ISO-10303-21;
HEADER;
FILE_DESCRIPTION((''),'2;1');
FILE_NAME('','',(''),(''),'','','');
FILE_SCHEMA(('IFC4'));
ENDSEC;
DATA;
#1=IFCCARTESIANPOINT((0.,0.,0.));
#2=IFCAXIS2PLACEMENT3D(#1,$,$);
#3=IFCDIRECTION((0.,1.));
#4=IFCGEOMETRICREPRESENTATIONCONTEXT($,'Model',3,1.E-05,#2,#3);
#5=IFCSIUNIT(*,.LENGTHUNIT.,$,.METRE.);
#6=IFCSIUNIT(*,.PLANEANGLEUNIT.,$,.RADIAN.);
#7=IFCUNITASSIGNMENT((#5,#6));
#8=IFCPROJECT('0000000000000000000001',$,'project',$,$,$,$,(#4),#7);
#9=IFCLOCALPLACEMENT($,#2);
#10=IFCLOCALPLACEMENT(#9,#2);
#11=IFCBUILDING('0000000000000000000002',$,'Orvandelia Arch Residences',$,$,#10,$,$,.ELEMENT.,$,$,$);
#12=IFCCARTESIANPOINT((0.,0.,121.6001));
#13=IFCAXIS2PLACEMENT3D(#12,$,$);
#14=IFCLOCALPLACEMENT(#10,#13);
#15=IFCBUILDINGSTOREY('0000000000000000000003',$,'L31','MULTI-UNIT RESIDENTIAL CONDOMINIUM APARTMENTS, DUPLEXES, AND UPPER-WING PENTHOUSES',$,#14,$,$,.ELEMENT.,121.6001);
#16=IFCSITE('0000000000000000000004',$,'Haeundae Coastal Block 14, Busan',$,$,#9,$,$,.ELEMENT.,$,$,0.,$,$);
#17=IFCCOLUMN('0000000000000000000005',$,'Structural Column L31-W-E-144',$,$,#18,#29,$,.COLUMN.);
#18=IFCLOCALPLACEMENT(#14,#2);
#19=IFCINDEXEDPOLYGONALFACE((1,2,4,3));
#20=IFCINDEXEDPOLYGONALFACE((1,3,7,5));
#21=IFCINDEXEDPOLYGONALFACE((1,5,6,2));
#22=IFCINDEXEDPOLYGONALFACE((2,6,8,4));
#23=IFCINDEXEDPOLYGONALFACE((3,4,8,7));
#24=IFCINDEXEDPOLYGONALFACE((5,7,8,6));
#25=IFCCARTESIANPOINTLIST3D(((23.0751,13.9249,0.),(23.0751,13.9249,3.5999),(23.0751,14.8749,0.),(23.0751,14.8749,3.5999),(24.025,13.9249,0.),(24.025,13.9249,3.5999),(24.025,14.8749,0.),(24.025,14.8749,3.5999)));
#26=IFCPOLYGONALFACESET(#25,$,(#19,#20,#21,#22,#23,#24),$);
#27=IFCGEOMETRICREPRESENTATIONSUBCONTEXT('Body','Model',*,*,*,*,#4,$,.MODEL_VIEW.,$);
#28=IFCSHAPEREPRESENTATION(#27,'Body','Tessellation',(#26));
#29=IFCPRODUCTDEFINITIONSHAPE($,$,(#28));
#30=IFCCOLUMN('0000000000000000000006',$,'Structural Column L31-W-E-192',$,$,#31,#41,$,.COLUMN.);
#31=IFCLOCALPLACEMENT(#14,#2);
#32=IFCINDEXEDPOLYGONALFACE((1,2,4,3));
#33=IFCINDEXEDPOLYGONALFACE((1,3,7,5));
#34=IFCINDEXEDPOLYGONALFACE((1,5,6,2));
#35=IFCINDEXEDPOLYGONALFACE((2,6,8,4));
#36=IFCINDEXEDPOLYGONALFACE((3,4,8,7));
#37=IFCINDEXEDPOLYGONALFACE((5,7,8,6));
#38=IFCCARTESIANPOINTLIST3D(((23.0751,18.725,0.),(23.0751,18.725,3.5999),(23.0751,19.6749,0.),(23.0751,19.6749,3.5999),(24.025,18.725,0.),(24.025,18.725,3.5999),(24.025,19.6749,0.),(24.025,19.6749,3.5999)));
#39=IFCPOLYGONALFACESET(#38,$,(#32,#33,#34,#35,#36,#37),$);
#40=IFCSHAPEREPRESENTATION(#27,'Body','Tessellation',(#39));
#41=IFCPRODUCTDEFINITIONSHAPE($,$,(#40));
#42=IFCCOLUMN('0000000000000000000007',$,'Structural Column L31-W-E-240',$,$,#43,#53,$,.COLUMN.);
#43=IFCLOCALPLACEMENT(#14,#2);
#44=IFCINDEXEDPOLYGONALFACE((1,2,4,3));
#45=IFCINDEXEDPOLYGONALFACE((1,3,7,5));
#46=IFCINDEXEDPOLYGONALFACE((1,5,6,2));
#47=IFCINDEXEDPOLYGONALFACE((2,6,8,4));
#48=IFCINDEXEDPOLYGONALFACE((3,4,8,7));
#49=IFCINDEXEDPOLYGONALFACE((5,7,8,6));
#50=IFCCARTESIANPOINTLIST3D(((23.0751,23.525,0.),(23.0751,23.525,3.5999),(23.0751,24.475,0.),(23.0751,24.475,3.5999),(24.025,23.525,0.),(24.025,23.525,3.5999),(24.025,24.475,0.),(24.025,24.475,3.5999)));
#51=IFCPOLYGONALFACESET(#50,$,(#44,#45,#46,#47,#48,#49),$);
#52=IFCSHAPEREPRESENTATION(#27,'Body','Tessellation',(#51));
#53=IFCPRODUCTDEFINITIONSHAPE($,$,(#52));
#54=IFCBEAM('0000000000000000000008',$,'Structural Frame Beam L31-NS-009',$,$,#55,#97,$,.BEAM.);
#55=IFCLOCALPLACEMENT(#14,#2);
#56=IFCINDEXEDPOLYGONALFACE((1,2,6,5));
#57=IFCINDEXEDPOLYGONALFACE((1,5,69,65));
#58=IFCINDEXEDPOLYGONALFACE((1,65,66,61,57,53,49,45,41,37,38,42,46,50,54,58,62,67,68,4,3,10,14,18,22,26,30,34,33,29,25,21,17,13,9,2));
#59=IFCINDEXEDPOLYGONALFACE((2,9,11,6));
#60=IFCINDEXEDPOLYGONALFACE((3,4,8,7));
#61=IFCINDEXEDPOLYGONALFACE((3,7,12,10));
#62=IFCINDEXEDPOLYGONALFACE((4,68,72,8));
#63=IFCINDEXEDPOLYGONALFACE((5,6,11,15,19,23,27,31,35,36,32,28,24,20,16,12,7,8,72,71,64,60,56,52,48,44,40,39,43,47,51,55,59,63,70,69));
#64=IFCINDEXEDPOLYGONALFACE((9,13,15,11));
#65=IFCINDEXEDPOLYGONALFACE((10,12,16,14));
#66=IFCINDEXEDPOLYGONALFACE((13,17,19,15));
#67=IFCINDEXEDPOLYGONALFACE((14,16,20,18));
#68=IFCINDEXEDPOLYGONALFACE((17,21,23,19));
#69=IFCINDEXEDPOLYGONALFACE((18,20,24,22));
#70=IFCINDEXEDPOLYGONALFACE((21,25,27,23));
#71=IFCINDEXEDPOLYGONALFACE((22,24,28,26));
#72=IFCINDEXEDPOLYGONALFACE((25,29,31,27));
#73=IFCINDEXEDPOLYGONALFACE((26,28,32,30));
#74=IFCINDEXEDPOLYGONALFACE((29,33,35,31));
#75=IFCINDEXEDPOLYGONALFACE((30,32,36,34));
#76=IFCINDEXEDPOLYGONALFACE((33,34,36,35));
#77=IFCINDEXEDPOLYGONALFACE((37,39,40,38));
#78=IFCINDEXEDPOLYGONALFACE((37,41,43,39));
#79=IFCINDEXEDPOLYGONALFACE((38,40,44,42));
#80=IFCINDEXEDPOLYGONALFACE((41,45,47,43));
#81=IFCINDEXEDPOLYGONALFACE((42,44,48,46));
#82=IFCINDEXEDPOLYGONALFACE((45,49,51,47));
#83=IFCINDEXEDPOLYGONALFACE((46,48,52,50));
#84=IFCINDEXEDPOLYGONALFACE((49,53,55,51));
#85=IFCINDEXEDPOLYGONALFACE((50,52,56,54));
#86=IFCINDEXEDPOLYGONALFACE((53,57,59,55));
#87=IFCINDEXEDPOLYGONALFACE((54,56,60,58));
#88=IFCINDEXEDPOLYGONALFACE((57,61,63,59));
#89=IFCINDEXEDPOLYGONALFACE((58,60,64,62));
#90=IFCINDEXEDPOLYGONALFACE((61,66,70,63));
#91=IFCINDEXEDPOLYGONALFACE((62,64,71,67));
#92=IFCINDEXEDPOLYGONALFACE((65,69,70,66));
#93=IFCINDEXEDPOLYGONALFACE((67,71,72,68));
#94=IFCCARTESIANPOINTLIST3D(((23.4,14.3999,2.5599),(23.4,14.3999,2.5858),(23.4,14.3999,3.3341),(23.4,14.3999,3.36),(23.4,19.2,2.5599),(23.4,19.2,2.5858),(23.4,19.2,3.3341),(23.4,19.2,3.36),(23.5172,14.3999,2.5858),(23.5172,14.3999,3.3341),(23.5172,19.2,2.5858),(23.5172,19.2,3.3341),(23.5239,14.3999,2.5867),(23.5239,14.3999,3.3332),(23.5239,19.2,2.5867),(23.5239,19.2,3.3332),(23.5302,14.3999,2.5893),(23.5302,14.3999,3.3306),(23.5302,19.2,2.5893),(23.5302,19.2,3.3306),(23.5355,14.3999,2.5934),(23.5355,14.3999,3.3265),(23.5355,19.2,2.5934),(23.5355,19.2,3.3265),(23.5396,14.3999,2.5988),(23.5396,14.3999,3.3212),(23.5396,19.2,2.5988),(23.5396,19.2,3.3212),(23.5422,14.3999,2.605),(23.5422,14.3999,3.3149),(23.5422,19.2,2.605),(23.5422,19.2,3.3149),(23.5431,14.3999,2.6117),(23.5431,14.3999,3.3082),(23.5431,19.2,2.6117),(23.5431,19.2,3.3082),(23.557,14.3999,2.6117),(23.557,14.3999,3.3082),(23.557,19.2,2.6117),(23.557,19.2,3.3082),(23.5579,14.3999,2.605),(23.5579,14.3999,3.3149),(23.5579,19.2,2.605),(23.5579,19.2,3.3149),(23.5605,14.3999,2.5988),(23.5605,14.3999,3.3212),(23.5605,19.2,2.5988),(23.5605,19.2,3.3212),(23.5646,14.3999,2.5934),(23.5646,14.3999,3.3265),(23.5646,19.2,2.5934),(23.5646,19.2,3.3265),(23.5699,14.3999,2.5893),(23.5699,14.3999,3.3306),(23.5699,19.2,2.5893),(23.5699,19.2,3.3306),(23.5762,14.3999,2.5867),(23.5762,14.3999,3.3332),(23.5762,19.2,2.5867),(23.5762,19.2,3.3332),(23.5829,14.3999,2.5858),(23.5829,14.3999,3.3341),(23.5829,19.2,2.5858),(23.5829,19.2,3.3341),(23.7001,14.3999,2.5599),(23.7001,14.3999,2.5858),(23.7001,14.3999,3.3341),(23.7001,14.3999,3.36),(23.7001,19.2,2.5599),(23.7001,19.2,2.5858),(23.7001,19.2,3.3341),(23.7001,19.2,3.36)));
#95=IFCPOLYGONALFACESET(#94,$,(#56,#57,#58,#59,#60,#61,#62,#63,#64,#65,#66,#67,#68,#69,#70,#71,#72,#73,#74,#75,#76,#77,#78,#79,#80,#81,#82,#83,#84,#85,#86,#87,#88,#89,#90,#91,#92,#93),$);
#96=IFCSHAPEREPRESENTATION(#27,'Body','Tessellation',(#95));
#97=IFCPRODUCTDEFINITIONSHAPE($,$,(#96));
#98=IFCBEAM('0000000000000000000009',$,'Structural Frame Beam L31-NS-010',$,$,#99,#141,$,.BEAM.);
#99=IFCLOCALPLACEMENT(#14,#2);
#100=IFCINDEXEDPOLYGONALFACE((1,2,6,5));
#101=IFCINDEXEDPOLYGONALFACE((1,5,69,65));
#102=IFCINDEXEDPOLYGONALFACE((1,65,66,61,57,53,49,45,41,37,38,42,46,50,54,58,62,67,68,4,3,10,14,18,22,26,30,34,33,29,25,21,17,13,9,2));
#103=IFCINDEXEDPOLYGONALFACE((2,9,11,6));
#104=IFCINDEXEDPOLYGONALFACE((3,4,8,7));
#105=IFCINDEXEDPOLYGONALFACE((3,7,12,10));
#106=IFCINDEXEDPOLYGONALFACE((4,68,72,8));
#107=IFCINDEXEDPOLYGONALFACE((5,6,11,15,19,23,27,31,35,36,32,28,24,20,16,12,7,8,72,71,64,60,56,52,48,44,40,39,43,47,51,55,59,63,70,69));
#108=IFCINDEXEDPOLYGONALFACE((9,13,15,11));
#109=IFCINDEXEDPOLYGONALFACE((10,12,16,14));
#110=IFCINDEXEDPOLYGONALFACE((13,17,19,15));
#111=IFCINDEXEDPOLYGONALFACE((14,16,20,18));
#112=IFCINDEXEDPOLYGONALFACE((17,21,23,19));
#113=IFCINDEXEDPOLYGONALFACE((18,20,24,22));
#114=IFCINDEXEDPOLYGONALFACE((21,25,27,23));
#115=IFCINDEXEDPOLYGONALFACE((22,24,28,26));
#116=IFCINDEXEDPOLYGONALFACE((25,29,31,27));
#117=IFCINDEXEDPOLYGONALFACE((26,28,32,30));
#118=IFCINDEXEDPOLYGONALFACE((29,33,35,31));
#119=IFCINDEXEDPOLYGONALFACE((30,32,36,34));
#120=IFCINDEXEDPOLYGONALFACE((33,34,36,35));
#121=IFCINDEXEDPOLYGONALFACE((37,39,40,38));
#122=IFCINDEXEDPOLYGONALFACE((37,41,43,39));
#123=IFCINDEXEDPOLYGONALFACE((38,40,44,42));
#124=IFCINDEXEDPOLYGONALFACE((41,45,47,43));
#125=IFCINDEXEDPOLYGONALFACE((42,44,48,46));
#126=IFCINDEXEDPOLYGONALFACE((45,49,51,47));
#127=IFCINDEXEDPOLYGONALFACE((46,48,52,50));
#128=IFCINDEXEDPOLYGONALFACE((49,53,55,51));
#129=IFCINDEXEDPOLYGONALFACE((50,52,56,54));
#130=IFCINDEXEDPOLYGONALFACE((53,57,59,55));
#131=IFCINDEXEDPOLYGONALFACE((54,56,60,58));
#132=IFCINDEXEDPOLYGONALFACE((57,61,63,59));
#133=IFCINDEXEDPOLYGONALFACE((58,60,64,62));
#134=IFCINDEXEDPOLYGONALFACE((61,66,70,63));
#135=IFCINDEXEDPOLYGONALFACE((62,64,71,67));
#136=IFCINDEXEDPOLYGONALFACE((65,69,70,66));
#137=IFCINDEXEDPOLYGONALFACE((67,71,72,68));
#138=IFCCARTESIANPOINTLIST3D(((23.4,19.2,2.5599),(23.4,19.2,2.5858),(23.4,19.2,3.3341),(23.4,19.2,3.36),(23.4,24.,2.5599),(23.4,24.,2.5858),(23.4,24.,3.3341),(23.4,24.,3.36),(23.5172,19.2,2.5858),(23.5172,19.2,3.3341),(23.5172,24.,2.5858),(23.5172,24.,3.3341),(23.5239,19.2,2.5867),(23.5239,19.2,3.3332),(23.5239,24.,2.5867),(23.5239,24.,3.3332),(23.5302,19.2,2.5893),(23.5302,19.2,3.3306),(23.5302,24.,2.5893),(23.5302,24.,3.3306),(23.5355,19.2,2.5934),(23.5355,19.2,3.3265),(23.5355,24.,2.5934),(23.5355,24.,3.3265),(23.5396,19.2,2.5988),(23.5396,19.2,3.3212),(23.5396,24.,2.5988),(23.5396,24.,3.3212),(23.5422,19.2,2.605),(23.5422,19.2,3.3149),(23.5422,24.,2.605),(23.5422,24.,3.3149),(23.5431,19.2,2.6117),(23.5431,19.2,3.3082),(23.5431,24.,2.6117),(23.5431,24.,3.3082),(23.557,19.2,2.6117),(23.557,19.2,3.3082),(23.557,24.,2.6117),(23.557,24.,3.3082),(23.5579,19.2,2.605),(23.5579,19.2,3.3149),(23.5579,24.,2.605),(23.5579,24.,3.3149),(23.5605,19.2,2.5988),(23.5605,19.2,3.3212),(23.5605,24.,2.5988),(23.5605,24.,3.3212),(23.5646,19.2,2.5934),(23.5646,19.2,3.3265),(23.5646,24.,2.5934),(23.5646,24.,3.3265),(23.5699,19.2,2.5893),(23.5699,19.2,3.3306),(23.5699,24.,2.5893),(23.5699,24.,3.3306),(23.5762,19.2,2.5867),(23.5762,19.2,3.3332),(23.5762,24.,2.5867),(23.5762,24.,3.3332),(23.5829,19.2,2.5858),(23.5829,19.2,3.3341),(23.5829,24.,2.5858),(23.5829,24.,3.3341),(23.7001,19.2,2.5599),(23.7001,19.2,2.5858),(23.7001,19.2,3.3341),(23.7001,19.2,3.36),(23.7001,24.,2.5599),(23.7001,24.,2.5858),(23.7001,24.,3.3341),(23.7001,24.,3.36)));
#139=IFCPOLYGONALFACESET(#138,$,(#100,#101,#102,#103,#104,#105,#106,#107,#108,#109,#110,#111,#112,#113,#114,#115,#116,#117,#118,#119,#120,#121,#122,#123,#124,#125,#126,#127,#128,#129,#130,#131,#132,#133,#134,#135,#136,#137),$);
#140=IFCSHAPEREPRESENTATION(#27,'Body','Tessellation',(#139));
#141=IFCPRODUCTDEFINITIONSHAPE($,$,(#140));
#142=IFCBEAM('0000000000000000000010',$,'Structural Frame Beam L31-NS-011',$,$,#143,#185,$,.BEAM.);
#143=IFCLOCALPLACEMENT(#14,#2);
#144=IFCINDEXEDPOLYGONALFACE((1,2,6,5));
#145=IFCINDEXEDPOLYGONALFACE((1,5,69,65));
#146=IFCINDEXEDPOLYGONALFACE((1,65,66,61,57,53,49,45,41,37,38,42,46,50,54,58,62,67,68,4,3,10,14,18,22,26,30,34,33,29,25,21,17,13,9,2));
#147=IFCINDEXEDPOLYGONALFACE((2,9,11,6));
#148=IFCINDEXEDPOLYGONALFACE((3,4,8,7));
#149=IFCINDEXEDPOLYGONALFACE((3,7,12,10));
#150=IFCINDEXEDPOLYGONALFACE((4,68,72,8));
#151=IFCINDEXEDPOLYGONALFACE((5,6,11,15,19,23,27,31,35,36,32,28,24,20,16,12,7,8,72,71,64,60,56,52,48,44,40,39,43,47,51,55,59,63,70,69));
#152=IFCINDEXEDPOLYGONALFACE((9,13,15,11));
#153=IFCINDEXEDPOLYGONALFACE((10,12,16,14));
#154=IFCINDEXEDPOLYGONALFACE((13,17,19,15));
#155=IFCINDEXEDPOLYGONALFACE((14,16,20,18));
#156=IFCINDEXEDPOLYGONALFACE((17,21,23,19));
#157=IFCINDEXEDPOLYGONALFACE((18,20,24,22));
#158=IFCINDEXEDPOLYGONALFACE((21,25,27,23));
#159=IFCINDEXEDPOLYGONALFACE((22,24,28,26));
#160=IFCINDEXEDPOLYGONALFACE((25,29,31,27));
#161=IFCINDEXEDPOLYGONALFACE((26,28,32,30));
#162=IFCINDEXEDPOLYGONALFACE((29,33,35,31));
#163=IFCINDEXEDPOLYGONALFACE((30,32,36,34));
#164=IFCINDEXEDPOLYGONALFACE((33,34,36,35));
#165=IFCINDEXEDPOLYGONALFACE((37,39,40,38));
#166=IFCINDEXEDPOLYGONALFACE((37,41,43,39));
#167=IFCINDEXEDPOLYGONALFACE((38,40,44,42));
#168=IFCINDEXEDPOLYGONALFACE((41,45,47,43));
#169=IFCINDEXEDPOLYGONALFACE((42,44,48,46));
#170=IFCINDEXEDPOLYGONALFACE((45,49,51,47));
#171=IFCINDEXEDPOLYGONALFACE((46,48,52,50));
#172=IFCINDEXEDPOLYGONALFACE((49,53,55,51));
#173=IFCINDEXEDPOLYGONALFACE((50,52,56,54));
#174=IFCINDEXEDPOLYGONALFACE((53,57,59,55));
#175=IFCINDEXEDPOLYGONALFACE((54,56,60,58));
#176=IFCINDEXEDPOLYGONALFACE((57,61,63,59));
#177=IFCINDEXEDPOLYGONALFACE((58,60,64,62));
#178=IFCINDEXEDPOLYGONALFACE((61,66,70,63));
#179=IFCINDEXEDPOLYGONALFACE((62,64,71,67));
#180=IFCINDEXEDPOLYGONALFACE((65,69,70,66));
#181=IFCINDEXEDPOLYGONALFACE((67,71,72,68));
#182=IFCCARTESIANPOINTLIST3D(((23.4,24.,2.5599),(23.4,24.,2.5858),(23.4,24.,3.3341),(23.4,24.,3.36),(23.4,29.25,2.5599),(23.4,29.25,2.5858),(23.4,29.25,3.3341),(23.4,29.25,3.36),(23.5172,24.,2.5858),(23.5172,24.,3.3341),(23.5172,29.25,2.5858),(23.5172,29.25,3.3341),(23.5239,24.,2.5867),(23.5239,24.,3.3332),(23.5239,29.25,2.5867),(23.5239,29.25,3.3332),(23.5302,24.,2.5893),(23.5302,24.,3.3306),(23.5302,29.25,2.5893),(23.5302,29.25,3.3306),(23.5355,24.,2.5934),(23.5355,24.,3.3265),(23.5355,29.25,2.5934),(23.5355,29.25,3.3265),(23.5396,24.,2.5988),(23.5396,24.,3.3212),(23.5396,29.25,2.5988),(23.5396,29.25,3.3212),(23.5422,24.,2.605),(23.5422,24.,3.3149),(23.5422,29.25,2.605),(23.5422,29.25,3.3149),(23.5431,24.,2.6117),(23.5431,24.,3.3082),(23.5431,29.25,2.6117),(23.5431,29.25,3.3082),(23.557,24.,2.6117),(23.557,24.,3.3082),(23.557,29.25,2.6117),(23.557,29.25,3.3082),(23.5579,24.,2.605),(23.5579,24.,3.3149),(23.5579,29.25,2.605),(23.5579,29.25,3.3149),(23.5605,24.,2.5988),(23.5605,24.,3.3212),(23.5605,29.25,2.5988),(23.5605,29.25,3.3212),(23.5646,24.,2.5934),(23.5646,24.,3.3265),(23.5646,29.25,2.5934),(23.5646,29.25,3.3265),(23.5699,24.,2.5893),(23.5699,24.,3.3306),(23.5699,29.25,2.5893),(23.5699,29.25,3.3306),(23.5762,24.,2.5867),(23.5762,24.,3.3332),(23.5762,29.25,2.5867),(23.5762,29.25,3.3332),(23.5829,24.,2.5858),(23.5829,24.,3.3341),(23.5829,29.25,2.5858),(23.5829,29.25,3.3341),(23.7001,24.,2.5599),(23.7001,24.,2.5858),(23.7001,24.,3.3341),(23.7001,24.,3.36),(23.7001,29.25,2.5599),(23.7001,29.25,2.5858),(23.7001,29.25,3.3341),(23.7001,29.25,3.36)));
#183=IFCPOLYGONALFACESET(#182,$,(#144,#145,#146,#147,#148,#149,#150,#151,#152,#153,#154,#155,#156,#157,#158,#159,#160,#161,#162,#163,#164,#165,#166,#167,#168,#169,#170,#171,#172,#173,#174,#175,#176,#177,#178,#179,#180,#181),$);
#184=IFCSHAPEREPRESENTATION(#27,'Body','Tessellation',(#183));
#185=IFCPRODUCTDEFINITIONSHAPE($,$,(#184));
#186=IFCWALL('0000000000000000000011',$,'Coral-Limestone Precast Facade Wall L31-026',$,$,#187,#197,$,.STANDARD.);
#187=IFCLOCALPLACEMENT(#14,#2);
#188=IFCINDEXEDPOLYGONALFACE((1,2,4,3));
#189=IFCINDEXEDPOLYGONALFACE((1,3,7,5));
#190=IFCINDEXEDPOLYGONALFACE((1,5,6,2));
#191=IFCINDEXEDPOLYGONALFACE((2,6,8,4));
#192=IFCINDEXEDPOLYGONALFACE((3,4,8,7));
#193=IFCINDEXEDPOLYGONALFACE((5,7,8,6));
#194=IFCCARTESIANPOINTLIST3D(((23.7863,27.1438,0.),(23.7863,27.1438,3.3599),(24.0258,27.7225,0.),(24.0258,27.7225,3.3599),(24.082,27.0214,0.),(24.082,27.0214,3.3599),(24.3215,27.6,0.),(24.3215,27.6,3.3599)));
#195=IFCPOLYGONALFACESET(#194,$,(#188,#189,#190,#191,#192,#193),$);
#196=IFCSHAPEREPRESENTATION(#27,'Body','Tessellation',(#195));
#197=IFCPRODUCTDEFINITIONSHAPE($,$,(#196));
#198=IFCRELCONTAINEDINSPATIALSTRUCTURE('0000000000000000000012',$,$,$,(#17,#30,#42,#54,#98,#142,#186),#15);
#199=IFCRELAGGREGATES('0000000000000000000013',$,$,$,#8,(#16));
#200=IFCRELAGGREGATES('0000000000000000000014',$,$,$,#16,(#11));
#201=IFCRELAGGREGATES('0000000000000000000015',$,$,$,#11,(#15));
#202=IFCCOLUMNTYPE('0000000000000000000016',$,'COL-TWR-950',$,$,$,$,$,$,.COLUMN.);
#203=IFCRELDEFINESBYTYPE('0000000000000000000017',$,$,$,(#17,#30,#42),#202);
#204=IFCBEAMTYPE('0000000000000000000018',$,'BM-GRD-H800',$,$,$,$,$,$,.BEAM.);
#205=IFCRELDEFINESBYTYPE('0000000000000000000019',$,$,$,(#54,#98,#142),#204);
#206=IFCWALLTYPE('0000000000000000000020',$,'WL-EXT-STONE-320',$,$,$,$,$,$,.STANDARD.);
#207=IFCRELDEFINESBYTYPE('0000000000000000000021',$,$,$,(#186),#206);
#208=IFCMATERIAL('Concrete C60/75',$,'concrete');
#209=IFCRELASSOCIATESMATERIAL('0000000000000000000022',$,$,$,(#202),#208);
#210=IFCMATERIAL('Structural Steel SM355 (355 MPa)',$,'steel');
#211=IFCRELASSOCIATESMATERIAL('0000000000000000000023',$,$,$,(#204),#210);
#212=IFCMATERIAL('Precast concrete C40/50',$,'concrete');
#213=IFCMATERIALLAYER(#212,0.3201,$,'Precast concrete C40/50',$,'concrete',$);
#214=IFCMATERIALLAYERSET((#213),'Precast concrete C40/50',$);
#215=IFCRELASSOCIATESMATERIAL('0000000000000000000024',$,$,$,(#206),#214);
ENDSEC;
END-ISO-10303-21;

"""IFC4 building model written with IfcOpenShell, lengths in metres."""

from ifc_helpers import new_model, si_unit, direction, frame, frame_2d, origin, origin_2d, place, context, subcontext, project, spatial, rectangle, i_section, extrude, material, layer, layer_set, material_profile, profile_set, type_object, element, save


model = new_model("IFC4")

# Units and contexts
model_context = context("Model", 3, precision=1e-05, world=origin(), true_north=direction((0.0, 1.0)))
body_context = subcontext(model_context, "Body", "Model", "MODEL_VIEW")
ifc_project = project(units=[si_unit("LENGTHUNIT", "METRE"), si_unit("PLANEANGLEUNIT", "RADIAN")], contexts=[model_context])

# Site, building, storey
site_placement = place(None, origin())
site = spatial("IfcSite", under=ifc_project, at=site_placement, Name="Haeundae Coastal Block 14, Busan", CompositionType="ELEMENT", RefElevation=0.0)
building_placement = place(site_placement, origin())
building = spatial("IfcBuilding", under=site, at=building_placement, Name="Orvandelia Arch Residences", CompositionType="ELEMENT")
storey_placement = place(building_placement, frame((0.0, 0.0, 121.6001)))
storey = spatial("IfcBuildingStorey", under=building, at=storey_placement, Name="L31", Description="MULTI-UNIT RESIDENTIAL CONDOMINIUM APARTMENTS, DUPLEXES, AND UPPER-WING PENTHOUSES", CompositionType="ELEMENT", Elevation=121.6001)

# Columns
ifc_material_1 = material(Name="Concrete C60/75", Category="concrete")
ifc_material_profile_1 = material_profile(ifc_material_1, rectangle(XDim=0.95, YDim=0.95, at=origin_2d()), Name="Concrete C60/75", Category="concrete")
ifc_profile_set_1 = profile_set([ifc_material_profile_1], Name="Concrete C60/75")
column_type = type_object("IfcColumnType", Name="COL-TWR-950", PredefinedType="COLUMN", material=ifc_profile_set_1)
for number, where, z_axis, x_axis, name in (
    (1, (23.55, 14.3999, 0.0), (0.0, 0.0, 1.0), (1.0, 0.0, 0.0), "Structural Column L31-W-E-144"),
    (2, (23.55, 19.2, 0.0), (0.0, 0.0, 1.0), (1.0, 0.0, 0.0), "Structural Column L31-W-E-192"),
    (3, (23.55, 24.0, 0.0), (0.0, 0.0, 1.0), (1.0, 0.0, 0.0), "Structural Column L31-W-E-240"),
):
    element("IfcColumn", number, at=place(storey_placement, frame(where, z_axis=z_axis, x_axis=x_axis)), inside=storey, type_object=column_type, Name=name, PredefinedType="COLUMN", context=body_context, shape_type="SweptSolid", body=[
        extrude(rectangle(XDim=0.95, YDim=0.95, at=origin_2d()), origin(), (0.0, 0.0, 1.0), 3.5999),
    ])

# Beams
ifc_material_2 = material(Name="Structural Steel SM355 (355 MPa)", Category="steel")
ifc_material_profile_2 = material_profile(ifc_material_2, i_section(OverallWidth=0.3, OverallDepth=0.8, WebThickness=0.0139, FlangeThickness=0.0259, FilletRadius=0.0259, at=origin_2d()), Name="Structural Steel SM355 (355 MPa)", Category="steel")
ifc_profile_set_2 = profile_set([ifc_material_profile_2], Name="Structural Steel SM355 (355 MPa)")
beam_type = type_object("IfcBeamType", Name="BM-GRD-H800", PredefinedType="BEAM", material=ifc_profile_set_2)
for number, where, z_axis, x_axis, name in (
    (4, (23.55, 14.3999, 2.96), (0.0, 1.0, 0.0), (-1.0, 0.0, 0.0), "Structural Frame Beam L31-NS-009"),
    (5, (23.55, 19.2, 2.96), (0.0, 1.0, 0.0), (-1.0, 0.0, 0.0), "Structural Frame Beam L31-NS-010"),
):
    element("IfcBeam", number, at=place(storey_placement, frame(where, z_axis=z_axis, x_axis=x_axis)), inside=storey, type_object=beam_type, Name=name, PredefinedType="BEAM", context=body_context, shape_type="SweptSolid", body=[
        extrude(i_section(OverallWidth=0.3, OverallDepth=0.8, WebThickness=0.0139, FlangeThickness=0.0259, FilletRadius=0.0259, at=origin_2d()), origin(), (0.0, 0.0, 1.0), 4.8),
    ])
beam_placement = place(storey_placement, frame((23.55, 24.0, 2.96), z_axis=(0.0, 1.0, 0.0), x_axis=(-1.0, 0.0, 0.0)))
element("IfcBeam", 6, at=beam_placement, inside=storey, type_object=beam_type, Name="Structural Frame Beam L31-NS-011", PredefinedType="BEAM", context=body_context, shape_type="SweptSolid", body=[
    extrude(i_section(OverallWidth=0.3, OverallDepth=0.8, WebThickness=0.0139, FlangeThickness=0.0259, FilletRadius=0.0259, at=origin_2d()), origin(), (0.0, 0.0, 1.0), 5.25),
])

# Wall
ifc_material_3 = material(Name="Precast concrete C40/50", Category="concrete")
ifc_layer = layer(ifc_material_3, 0.3201, Name="Precast concrete C40/50", Category="concrete")
ifc_layer_set = layer_set([ifc_layer], Name="Precast concrete C40/50")
wall_type = type_object("IfcWallType", Name="WL-EXT-STONE-320", PredefinedType="STANDARD", material=ifc_layer_set)
wall_1_placement = place(storey_placement, frame((24.1736, 27.6611, 0.0), z_axis=(0.0, 0.0, 1.0), x_axis=(-0.382455, -0.923974, 0.0)))
element("IfcWall", 7, at=wall_1_placement, inside=storey, type_object=wall_type, Name="Coral-Limestone Precast Facade Wall L31-026", PredefinedType="STANDARD", context=body_context, shape_type="SweptSolid", body=[
    extrude(rectangle(XDim=0.6262, YDim=0.3201, at=frame_2d((0.313, 0.0))), origin(), (0.0, 0.0, 1.0), 3.3599),
])

save(model, "model.ifc")
